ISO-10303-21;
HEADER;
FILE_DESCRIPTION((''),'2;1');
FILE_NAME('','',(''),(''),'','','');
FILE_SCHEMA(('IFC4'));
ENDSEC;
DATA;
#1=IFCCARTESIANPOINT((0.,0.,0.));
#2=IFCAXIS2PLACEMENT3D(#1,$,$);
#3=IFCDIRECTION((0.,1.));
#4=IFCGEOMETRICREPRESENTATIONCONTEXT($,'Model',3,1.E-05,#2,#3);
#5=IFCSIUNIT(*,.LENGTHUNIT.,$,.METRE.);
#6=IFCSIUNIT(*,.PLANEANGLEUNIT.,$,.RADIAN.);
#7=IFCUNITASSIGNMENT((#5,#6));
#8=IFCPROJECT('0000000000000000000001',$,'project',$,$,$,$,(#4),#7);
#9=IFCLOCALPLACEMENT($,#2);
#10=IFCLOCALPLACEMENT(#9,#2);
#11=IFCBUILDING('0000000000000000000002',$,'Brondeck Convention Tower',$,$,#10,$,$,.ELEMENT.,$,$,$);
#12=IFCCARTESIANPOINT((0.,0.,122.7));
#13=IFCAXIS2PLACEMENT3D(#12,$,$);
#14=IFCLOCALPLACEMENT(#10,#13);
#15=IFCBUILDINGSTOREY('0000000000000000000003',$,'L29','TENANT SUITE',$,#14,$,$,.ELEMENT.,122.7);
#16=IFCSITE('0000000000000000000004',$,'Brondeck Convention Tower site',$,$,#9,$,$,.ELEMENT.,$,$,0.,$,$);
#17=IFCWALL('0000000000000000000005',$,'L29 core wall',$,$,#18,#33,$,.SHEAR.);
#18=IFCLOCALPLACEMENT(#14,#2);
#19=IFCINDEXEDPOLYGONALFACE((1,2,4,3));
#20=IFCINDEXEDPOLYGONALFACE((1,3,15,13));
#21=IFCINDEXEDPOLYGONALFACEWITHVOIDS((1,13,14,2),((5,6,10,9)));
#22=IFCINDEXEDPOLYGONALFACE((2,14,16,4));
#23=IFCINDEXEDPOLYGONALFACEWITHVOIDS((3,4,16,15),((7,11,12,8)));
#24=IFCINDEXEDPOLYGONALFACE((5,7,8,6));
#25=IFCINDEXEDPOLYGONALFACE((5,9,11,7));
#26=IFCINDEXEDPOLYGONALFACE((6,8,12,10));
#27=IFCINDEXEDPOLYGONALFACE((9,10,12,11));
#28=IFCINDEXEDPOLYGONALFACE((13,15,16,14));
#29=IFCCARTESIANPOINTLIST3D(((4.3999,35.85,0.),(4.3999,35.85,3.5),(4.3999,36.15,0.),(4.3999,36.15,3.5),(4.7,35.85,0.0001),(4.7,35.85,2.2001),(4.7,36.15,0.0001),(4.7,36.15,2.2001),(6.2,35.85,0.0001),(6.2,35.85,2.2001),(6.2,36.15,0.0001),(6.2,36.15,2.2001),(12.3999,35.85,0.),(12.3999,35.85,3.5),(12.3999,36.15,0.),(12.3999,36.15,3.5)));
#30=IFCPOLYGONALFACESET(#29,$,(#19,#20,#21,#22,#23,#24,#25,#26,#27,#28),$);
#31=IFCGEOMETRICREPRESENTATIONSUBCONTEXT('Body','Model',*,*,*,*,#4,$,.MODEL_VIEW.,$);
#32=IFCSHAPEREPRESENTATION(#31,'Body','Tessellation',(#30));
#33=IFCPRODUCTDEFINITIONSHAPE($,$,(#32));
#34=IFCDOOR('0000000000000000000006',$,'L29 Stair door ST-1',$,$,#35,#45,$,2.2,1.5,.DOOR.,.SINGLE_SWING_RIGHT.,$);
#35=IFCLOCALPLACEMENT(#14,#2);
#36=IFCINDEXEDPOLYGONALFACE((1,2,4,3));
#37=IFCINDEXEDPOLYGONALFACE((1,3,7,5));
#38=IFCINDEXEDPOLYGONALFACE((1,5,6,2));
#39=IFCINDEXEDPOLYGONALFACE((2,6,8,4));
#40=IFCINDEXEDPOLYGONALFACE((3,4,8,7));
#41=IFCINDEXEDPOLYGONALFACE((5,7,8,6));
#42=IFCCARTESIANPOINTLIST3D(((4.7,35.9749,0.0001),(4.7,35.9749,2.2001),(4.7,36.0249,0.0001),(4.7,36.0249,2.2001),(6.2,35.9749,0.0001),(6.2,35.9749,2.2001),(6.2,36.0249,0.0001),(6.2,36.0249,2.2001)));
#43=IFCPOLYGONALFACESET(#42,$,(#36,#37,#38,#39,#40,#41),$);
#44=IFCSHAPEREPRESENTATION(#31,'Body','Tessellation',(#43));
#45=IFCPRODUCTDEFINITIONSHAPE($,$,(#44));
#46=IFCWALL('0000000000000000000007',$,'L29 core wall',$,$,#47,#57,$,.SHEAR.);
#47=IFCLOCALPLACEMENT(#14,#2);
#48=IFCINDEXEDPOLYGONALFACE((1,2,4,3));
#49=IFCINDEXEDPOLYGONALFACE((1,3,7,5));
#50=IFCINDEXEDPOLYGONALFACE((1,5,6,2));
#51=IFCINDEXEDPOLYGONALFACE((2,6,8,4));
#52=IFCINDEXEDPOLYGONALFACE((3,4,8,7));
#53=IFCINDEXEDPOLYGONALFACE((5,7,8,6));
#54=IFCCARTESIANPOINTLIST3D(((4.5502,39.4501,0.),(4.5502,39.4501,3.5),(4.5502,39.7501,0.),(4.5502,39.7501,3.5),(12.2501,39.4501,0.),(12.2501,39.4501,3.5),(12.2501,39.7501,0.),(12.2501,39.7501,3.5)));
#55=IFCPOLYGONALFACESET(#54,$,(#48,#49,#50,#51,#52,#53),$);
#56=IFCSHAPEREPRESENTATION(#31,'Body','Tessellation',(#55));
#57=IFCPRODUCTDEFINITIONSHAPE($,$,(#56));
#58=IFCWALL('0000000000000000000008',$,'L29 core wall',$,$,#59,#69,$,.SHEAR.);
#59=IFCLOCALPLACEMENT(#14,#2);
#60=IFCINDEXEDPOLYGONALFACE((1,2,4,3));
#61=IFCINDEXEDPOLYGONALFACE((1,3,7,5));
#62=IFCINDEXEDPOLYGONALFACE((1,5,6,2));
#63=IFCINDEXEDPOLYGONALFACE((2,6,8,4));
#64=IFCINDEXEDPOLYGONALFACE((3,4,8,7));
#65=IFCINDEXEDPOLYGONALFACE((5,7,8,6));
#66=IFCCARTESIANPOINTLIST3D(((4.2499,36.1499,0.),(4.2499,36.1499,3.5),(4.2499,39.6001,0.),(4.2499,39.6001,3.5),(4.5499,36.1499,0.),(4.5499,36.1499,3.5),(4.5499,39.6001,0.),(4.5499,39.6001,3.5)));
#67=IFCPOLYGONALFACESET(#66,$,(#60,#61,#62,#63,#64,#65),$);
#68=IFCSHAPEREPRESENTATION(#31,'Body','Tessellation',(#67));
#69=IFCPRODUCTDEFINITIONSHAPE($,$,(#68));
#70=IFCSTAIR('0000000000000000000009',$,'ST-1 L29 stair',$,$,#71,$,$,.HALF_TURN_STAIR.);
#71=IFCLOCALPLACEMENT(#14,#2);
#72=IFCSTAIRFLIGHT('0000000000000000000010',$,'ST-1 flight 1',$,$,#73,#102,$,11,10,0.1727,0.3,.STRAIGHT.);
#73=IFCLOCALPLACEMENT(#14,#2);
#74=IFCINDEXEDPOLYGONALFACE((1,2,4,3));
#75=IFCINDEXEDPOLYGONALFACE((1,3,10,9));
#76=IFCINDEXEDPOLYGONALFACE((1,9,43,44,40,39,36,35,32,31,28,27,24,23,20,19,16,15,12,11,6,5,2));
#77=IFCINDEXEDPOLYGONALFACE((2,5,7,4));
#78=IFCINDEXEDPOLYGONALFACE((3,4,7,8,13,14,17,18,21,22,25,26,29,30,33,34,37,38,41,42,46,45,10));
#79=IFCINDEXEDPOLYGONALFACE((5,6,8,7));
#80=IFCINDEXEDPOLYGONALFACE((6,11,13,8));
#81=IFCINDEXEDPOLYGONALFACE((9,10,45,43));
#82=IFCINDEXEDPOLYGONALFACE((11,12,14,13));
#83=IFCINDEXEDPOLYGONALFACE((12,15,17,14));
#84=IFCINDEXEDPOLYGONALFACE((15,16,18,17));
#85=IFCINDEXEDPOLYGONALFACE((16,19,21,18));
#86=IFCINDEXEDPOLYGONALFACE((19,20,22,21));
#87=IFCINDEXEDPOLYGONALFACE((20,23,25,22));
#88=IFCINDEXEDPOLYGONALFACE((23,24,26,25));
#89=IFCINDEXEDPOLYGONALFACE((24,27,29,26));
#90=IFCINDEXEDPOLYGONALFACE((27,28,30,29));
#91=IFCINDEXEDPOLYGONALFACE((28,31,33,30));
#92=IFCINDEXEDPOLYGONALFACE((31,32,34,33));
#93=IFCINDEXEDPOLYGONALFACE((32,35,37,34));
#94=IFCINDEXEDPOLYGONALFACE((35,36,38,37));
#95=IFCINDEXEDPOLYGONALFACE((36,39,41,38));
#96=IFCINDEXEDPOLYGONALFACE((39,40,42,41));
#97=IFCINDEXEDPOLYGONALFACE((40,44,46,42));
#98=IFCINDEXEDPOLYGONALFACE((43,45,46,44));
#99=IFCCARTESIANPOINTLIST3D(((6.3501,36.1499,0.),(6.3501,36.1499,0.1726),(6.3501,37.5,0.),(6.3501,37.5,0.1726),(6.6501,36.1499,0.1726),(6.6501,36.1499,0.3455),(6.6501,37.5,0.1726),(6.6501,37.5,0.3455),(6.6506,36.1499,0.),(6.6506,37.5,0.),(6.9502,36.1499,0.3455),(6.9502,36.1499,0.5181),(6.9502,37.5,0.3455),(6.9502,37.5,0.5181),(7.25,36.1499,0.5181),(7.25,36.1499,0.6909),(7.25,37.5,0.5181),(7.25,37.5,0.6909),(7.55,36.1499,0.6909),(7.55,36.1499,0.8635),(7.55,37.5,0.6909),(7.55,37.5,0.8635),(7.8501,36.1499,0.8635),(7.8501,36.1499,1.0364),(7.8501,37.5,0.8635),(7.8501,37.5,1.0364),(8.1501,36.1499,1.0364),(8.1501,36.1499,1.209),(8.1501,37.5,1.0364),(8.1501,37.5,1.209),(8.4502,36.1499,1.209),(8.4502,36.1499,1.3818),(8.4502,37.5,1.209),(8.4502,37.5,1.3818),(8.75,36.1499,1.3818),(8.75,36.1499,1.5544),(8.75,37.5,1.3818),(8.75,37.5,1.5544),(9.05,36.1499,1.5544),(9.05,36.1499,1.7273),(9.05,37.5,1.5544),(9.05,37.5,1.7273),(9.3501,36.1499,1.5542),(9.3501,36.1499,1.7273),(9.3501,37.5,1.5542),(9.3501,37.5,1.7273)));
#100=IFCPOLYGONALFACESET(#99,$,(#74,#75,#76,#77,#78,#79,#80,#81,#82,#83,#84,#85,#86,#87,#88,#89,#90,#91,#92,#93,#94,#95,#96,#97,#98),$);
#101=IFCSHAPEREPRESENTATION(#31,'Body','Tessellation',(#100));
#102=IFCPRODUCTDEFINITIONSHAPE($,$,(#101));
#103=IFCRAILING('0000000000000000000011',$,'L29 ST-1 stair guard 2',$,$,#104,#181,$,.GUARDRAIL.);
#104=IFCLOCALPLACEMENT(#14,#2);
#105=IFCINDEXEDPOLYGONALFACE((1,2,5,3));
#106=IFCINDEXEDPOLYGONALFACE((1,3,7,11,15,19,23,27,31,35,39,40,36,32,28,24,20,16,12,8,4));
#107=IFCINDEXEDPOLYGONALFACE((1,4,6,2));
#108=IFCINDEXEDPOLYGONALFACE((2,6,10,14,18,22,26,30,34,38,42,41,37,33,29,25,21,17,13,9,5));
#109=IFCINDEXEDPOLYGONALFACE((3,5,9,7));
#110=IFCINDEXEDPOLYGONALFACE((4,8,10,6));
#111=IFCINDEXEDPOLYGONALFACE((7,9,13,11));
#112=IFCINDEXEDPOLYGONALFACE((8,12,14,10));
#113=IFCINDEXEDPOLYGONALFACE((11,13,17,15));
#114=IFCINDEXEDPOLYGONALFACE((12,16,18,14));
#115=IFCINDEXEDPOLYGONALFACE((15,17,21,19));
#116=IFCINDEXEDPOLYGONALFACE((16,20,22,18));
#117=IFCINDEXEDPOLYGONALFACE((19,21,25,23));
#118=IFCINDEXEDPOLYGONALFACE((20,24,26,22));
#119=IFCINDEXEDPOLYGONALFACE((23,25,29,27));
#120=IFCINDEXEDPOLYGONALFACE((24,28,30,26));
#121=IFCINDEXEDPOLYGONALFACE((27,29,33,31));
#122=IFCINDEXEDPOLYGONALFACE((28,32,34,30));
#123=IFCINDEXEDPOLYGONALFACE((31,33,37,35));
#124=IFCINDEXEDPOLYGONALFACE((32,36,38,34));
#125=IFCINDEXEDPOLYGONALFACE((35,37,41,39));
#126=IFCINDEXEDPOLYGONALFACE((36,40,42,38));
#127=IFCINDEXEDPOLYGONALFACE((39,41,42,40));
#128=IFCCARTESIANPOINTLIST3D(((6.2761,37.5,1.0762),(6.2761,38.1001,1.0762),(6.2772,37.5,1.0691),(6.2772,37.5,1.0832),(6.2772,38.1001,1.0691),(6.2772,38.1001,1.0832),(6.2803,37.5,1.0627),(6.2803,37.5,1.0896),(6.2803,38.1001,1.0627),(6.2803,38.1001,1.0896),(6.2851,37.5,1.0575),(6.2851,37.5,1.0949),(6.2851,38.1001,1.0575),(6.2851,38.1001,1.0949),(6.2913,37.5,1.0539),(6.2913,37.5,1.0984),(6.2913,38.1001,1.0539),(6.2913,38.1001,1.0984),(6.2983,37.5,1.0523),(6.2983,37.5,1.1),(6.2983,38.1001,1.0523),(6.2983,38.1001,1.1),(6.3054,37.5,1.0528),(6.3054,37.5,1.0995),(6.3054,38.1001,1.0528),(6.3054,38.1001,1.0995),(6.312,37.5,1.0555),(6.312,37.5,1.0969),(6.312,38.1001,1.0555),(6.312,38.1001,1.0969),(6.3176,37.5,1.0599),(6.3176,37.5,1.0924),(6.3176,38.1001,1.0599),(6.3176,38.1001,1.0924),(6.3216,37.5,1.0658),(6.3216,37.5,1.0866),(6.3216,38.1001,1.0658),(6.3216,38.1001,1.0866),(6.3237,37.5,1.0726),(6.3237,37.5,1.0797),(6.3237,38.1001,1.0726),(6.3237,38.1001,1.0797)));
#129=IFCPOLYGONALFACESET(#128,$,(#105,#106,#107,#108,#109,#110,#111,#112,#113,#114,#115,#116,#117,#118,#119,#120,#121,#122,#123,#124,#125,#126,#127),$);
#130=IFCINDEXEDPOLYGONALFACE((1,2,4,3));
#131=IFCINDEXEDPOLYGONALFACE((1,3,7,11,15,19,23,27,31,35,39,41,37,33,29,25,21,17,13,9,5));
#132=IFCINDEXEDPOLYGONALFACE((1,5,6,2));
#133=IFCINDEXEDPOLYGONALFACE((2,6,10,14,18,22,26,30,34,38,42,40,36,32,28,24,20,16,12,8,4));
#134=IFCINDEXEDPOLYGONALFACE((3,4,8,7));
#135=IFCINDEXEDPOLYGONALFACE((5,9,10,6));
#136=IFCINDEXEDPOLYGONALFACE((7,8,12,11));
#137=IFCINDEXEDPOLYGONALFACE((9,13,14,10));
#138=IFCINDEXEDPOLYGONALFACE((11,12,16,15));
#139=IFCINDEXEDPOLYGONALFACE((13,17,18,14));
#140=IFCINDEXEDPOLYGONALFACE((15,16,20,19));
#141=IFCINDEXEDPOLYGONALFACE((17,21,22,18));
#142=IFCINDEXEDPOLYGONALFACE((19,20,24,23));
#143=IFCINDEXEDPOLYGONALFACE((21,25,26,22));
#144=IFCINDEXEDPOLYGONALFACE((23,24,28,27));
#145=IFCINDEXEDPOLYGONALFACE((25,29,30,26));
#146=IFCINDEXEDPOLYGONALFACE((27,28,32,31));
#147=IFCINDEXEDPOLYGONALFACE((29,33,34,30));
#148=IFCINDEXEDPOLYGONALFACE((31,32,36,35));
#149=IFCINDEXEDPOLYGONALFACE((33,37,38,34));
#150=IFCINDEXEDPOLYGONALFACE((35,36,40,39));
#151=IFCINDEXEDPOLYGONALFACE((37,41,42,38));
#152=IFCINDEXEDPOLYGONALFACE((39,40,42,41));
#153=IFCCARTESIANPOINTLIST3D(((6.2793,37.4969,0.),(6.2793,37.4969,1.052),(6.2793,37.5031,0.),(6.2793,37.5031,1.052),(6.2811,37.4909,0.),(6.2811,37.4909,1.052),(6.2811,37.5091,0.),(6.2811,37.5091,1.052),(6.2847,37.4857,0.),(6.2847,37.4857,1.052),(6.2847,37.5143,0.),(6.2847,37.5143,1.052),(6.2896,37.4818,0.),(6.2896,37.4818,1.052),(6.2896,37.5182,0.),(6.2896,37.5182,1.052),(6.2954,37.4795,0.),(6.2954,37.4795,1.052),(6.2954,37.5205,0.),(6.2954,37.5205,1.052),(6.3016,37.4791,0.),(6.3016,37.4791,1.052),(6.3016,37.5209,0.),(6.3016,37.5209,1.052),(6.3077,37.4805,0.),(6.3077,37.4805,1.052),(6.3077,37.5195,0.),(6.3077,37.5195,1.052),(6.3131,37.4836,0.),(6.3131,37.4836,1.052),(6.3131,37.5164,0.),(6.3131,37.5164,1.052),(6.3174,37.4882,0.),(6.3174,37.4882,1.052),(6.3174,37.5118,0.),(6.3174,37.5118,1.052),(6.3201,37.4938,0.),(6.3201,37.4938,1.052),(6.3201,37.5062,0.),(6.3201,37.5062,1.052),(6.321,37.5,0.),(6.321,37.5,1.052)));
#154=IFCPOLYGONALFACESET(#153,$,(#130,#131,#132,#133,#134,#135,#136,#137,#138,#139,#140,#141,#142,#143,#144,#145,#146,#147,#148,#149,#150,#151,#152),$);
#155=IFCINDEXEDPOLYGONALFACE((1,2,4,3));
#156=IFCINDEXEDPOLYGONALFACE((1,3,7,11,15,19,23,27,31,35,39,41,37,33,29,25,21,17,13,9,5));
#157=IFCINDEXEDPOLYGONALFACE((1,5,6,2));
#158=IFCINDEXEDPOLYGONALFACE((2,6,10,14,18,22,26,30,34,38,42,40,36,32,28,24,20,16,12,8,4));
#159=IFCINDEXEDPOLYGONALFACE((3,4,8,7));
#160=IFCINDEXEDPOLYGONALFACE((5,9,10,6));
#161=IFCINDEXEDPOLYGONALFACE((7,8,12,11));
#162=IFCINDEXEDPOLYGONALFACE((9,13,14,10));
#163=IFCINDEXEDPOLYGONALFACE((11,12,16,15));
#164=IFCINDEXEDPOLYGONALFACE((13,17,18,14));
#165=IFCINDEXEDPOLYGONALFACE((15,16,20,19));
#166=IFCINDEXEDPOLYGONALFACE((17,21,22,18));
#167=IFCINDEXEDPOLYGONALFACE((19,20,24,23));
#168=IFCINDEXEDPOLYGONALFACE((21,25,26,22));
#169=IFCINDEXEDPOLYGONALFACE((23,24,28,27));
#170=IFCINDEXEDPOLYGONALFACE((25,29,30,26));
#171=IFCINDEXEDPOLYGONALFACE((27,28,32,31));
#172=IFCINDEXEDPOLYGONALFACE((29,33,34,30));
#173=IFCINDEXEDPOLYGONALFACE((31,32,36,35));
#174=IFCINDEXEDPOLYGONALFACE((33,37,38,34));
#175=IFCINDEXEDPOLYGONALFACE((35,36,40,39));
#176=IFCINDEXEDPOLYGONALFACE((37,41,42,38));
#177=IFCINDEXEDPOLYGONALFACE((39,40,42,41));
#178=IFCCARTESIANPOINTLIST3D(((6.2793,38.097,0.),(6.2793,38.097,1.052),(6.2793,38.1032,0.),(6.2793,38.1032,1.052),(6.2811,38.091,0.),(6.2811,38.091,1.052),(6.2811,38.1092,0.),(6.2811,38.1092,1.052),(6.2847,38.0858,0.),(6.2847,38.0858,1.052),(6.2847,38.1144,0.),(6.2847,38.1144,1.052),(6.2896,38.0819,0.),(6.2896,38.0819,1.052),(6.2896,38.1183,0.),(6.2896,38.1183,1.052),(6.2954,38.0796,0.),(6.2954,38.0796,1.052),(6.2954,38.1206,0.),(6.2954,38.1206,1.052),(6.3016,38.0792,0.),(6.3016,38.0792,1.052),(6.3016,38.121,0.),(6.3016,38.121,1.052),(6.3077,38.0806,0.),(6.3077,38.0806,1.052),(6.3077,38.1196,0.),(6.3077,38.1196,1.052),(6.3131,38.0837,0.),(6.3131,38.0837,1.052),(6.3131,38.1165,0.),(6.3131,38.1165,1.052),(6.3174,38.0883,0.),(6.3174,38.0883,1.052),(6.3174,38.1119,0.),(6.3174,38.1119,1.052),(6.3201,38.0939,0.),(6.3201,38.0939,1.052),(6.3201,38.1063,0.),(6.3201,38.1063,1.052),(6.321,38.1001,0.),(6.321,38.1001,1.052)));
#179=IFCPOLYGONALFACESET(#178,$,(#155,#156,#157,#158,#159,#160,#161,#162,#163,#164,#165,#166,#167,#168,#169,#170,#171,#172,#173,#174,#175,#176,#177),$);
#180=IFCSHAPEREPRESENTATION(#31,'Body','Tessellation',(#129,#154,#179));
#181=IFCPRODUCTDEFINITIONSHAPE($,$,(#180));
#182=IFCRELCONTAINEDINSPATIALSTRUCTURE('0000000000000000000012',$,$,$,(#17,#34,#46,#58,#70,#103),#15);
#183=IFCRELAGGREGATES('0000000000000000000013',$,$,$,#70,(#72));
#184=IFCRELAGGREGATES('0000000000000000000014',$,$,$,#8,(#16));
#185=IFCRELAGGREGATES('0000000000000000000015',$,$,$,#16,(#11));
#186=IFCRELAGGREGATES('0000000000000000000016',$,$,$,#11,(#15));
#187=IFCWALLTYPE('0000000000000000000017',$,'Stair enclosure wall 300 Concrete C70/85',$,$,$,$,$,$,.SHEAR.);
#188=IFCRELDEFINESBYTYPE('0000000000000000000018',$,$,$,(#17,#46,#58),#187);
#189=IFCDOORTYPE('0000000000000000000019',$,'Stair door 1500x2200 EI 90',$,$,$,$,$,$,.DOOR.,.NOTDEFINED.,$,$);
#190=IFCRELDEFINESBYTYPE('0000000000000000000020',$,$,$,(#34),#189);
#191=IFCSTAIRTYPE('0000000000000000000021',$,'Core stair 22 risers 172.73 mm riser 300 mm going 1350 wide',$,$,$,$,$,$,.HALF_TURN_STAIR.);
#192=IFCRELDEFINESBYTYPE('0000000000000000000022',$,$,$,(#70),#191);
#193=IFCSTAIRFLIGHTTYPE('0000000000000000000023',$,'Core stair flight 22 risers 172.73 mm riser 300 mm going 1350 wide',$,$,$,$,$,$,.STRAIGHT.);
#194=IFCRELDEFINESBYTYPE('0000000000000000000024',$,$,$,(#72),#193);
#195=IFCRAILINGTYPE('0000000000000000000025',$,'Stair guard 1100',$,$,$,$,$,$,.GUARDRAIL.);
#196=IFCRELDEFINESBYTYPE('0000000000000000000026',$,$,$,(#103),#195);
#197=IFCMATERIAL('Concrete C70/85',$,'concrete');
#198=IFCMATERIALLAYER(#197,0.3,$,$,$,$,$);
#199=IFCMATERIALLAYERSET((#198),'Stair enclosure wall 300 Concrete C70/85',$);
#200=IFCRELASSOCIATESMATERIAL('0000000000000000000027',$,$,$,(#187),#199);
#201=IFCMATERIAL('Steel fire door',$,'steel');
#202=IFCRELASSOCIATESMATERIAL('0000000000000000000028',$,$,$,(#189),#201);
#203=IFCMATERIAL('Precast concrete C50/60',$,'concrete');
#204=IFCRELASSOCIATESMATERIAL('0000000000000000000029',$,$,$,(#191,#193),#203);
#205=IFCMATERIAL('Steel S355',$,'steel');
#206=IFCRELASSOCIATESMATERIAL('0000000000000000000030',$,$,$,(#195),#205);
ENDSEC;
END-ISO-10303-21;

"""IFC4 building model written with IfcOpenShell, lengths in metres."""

from ifc_helpers import new_model, si_unit, direction, frame, frame_2d, origin, origin_2d, place, context, subcontext, project, spatial, polyline, rectangle, circle, outline, extrude, material, layer, layer_set, type_object, element, fill, aggregate, save


model = new_model("IFC4")

# Units and contexts
model_context = context("Model", 3, precision=1e-05, world=origin(), true_north=direction((0.0, 1.0)))
body_context = subcontext(model_context, "Body", "Model", "MODEL_VIEW")
ifc_project = project(units=[si_unit("LENGTHUNIT", "METRE"), si_unit("PLANEANGLEUNIT", "RADIAN")], contexts=[model_context])

# Site, building, storey
site_placement = place(None, origin())
site = spatial("IfcSite", under=ifc_project, at=site_placement, Name="Brondeck Convention Tower site", CompositionType="ELEMENT", RefElevation=0.0)
building_placement = place(site_placement, origin())
building = spatial("IfcBuilding", under=site, at=building_placement, Name="Brondeck Convention Tower", CompositionType="ELEMENT")
storey_placement = place(building_placement, frame((0.0, 0.0, 122.7)))
storey = spatial("IfcBuildingStorey", under=building, at=storey_placement, Name="L29", Description="TENANT SUITE", CompositionType="ELEMENT", Elevation=122.7)

# Shared definitions
ifc_material_1 = material(Name="Concrete C70/85", Category="concrete")

# Shared definitions
ifc_material_2 = material(Name="Steel fire door", Category="steel")

# Wall, opening, door
ifc_layer_1 = layer(ifc_material_1, 0.3)
ifc_layer_set_1 = layer_set([ifc_layer_1], Name="Stair enclosure wall 300 Concrete C70/85")
wall_type_1 = type_object("IfcWallType", Name="Stair enclosure wall 300 Concrete C70/85", PredefinedType="SHEAR", material=ifc_layer_set_1)
wall_1_placement = place(storey_placement, frame((4.3999, 36.0, 0.0), z_axis=(0.0, 0.0, 1.0), x_axis=(1.0, 0.0, 0.0)))
wall_1 = element("IfcWall", 1, at=wall_1_placement, inside=storey, type_object=wall_type_1, Name="L29 core wall", PredefinedType="SHEAR", context=body_context, shape_type="SweptSolid", body=[
    extrude(rectangle(XDim=8.0, YDim=0.3, at=frame_2d((4.0, 0.0))), origin(), (0.0, 0.0, 1.0), 3.5),
])
opening_1_placement = place(wall_1_placement, frame((0.3, 0.0, 0.0)))
opening_1 = element("IfcOpeningElement", 2, at=opening_1_placement, cuts=wall_1, PredefinedType="OPENING", context=body_context, shape_type="SweptSolid", body=[
    extrude(rectangle(XDim=1.5, YDim=2.2, at=frame_2d((0.75, 1.1001))), frame((0.0, 0.1599, 0.0), z_axis=(0.0, -1.0, 0.0), x_axis=(1.0, 0.0, 0.0)), (0.0, 0.0, 1.0), 0.3201),
])
door_type_1 = type_object("IfcDoorType", Name="Stair door 1500x2200 EI 90", OperationType="NOTDEFINED", PredefinedType="DOOR", material=ifc_material_2)
door_1_placement = place(opening_1_placement, origin())
door_1 = element("IfcDoor", 3, at=door_1_placement, inside=storey, type_object=door_type_1, Name="L29 Stair door ST-1", OperationType="SINGLE_SWING_RIGHT", OverallHeight=2.2, OverallWidth=1.5, PredefinedType="DOOR", context=body_context, shape_type="SweptSolid", body=[
    extrude(rectangle(XDim=1.5, YDim=2.2, at=frame_2d((0.75, 1.1001))), frame((0.0, 0.0249, 0.0), z_axis=(0.0, -1.0, 0.0), x_axis=(1.0, 0.0, 0.0)), (0.0, 0.0, 1.0), 0.05),
])
fill(opening_1, door_1)

# Walls
wall_2_placement = place(storey_placement, frame((4.55, 39.6001, 0.0), z_axis=(0.0, 0.0, 1.0), x_axis=(1.0, 0.0, 0.0)))
element("IfcWall", 4, at=wall_2_placement, inside=storey, type_object=wall_type_1, Name="L29 core wall", PredefinedType="SHEAR", context=body_context, shape_type="SweptSolid", body=[
    extrude(rectangle(XDim=7.7, YDim=0.3, at=frame_2d((3.8501, 0.0))), origin(), (0.0, 0.0, 1.0), 3.5),
])
wall_3_placement = place(storey_placement, frame((4.3999, 36.1499, 0.0), z_axis=(0.0, 0.0, 1.0), x_axis=(0.0, 1.0, 0.0)))
element("IfcWall", 5, at=wall_3_placement, inside=storey, type_object=wall_type_1, Name="L29 core wall", PredefinedType="SHEAR", context=body_context, shape_type="SweptSolid", body=[
    extrude(rectangle(XDim=3.4502, YDim=0.3, at=frame_2d((1.7251, 0.0))), origin(), (0.0, 0.0, 1.0), 3.5),
])

# Stair, stair flight
ifc_material_3 = material(Name="Precast concrete C50/60", Category="concrete")
stair_type = type_object("IfcStairType", Name="Core stair 22 risers 172.73 mm riser 300 mm going 1350 wide", PredefinedType="HALF_TURN_STAIR", material=ifc_material_3)
stair_placement = place(storey_placement, origin())
stair = element("IfcStair", 6, at=stair_placement, inside=storey, type_object=stair_type, Name="ST-1 L29 stair", PredefinedType="HALF_TURN_STAIR")
stair_flight_type = type_object("IfcStairFlightType", Name="Core stair flight 22 risers 172.73 mm riser 300 mm going 1350 wide", PredefinedType="STRAIGHT", material=ifc_material_3)
stair_flight_placement = place(storey_placement, frame((6.3501, 36.825, 0.0), z_axis=(0.0, 0.0, 1.0), x_axis=(1.0, 0.0, 0.0)))
stair_flight = element("IfcStairFlight", 7, at=stair_flight_placement, type_object=stair_flight_type, Name="ST-1 flight 1", NumberOfRisers=11, NumberOfTreads=10, PredefinedType="STRAIGHT", RiserHeight=0.1727, TreadLength=0.3, context=body_context, shape_type="SweptSolid", body=[
    extrude(outline(polyline([(0.0, 0.0), (0.0, 0.1726), (0.3, 0.1726), (0.3, 0.3455), (0.6001, 0.3455), (0.6001, 0.5181), (0.8999, 0.5181), (0.8999, 0.6909), (1.2, 0.6909), (1.2, 0.8635), (1.5, 0.8635), (1.5, 1.0364), (1.8, 1.0364), (1.8, 1.209), (2.1001, 1.209), (2.1001, 1.3818), (2.3999, 1.3818), (2.3999, 1.5544), (2.7, 1.5544), (2.7, 1.7273), (3.0, 1.7273), (3.0, 1.8999), (3.0, 1.5542), (0.3005, 0.0), (0.0, 0.0)])), frame((0.0, 0.675, 0.0), z_axis=(0.0, -1.0, 0.0), x_axis=(1.0, 0.0, 0.0)), (0.0, 0.0, 1.0), 1.3501),
])
aggregate(stair, [stair_flight])

# Railing
ifc_material_4 = material(Name="Steel S355", Category="steel")
railing_type_1 = type_object("IfcRailingType", Name="Stair guard 1100", PredefinedType="GUARDRAIL", material=ifc_material_4)
railing_1_placement = place(storey_placement, frame((6.3, 37.5, 0.0)))
element("IfcRailing", 8, at=railing_1_placement, inside=storey, type_object=railing_type_1, Name="L29 ST-1 stair guard 2", PredefinedType="GUARDRAIL", context=body_context, shape_type="SweptSolid", body=[
    extrude(circle(Radius=0.0239, at=origin_2d()), frame((0.0, 0.0, 1.0762), z_axis=(0.0, 1.0, 0.0), x_axis=(-1.0, 0.0, 0.0)), (0.0, 0.0, 1.0), 0.6001),
    extrude(circle(Radius=0.021, at=origin_2d()), origin(), (0.0, 0.0, 1.0), 1.052),
    extrude(circle(Radius=0.021, at=origin_2d()), frame((0.0, 0.6001, 0.0)), (0.0, 0.0, 1.0), 1.052),
])

save(model, "model.ifc")
